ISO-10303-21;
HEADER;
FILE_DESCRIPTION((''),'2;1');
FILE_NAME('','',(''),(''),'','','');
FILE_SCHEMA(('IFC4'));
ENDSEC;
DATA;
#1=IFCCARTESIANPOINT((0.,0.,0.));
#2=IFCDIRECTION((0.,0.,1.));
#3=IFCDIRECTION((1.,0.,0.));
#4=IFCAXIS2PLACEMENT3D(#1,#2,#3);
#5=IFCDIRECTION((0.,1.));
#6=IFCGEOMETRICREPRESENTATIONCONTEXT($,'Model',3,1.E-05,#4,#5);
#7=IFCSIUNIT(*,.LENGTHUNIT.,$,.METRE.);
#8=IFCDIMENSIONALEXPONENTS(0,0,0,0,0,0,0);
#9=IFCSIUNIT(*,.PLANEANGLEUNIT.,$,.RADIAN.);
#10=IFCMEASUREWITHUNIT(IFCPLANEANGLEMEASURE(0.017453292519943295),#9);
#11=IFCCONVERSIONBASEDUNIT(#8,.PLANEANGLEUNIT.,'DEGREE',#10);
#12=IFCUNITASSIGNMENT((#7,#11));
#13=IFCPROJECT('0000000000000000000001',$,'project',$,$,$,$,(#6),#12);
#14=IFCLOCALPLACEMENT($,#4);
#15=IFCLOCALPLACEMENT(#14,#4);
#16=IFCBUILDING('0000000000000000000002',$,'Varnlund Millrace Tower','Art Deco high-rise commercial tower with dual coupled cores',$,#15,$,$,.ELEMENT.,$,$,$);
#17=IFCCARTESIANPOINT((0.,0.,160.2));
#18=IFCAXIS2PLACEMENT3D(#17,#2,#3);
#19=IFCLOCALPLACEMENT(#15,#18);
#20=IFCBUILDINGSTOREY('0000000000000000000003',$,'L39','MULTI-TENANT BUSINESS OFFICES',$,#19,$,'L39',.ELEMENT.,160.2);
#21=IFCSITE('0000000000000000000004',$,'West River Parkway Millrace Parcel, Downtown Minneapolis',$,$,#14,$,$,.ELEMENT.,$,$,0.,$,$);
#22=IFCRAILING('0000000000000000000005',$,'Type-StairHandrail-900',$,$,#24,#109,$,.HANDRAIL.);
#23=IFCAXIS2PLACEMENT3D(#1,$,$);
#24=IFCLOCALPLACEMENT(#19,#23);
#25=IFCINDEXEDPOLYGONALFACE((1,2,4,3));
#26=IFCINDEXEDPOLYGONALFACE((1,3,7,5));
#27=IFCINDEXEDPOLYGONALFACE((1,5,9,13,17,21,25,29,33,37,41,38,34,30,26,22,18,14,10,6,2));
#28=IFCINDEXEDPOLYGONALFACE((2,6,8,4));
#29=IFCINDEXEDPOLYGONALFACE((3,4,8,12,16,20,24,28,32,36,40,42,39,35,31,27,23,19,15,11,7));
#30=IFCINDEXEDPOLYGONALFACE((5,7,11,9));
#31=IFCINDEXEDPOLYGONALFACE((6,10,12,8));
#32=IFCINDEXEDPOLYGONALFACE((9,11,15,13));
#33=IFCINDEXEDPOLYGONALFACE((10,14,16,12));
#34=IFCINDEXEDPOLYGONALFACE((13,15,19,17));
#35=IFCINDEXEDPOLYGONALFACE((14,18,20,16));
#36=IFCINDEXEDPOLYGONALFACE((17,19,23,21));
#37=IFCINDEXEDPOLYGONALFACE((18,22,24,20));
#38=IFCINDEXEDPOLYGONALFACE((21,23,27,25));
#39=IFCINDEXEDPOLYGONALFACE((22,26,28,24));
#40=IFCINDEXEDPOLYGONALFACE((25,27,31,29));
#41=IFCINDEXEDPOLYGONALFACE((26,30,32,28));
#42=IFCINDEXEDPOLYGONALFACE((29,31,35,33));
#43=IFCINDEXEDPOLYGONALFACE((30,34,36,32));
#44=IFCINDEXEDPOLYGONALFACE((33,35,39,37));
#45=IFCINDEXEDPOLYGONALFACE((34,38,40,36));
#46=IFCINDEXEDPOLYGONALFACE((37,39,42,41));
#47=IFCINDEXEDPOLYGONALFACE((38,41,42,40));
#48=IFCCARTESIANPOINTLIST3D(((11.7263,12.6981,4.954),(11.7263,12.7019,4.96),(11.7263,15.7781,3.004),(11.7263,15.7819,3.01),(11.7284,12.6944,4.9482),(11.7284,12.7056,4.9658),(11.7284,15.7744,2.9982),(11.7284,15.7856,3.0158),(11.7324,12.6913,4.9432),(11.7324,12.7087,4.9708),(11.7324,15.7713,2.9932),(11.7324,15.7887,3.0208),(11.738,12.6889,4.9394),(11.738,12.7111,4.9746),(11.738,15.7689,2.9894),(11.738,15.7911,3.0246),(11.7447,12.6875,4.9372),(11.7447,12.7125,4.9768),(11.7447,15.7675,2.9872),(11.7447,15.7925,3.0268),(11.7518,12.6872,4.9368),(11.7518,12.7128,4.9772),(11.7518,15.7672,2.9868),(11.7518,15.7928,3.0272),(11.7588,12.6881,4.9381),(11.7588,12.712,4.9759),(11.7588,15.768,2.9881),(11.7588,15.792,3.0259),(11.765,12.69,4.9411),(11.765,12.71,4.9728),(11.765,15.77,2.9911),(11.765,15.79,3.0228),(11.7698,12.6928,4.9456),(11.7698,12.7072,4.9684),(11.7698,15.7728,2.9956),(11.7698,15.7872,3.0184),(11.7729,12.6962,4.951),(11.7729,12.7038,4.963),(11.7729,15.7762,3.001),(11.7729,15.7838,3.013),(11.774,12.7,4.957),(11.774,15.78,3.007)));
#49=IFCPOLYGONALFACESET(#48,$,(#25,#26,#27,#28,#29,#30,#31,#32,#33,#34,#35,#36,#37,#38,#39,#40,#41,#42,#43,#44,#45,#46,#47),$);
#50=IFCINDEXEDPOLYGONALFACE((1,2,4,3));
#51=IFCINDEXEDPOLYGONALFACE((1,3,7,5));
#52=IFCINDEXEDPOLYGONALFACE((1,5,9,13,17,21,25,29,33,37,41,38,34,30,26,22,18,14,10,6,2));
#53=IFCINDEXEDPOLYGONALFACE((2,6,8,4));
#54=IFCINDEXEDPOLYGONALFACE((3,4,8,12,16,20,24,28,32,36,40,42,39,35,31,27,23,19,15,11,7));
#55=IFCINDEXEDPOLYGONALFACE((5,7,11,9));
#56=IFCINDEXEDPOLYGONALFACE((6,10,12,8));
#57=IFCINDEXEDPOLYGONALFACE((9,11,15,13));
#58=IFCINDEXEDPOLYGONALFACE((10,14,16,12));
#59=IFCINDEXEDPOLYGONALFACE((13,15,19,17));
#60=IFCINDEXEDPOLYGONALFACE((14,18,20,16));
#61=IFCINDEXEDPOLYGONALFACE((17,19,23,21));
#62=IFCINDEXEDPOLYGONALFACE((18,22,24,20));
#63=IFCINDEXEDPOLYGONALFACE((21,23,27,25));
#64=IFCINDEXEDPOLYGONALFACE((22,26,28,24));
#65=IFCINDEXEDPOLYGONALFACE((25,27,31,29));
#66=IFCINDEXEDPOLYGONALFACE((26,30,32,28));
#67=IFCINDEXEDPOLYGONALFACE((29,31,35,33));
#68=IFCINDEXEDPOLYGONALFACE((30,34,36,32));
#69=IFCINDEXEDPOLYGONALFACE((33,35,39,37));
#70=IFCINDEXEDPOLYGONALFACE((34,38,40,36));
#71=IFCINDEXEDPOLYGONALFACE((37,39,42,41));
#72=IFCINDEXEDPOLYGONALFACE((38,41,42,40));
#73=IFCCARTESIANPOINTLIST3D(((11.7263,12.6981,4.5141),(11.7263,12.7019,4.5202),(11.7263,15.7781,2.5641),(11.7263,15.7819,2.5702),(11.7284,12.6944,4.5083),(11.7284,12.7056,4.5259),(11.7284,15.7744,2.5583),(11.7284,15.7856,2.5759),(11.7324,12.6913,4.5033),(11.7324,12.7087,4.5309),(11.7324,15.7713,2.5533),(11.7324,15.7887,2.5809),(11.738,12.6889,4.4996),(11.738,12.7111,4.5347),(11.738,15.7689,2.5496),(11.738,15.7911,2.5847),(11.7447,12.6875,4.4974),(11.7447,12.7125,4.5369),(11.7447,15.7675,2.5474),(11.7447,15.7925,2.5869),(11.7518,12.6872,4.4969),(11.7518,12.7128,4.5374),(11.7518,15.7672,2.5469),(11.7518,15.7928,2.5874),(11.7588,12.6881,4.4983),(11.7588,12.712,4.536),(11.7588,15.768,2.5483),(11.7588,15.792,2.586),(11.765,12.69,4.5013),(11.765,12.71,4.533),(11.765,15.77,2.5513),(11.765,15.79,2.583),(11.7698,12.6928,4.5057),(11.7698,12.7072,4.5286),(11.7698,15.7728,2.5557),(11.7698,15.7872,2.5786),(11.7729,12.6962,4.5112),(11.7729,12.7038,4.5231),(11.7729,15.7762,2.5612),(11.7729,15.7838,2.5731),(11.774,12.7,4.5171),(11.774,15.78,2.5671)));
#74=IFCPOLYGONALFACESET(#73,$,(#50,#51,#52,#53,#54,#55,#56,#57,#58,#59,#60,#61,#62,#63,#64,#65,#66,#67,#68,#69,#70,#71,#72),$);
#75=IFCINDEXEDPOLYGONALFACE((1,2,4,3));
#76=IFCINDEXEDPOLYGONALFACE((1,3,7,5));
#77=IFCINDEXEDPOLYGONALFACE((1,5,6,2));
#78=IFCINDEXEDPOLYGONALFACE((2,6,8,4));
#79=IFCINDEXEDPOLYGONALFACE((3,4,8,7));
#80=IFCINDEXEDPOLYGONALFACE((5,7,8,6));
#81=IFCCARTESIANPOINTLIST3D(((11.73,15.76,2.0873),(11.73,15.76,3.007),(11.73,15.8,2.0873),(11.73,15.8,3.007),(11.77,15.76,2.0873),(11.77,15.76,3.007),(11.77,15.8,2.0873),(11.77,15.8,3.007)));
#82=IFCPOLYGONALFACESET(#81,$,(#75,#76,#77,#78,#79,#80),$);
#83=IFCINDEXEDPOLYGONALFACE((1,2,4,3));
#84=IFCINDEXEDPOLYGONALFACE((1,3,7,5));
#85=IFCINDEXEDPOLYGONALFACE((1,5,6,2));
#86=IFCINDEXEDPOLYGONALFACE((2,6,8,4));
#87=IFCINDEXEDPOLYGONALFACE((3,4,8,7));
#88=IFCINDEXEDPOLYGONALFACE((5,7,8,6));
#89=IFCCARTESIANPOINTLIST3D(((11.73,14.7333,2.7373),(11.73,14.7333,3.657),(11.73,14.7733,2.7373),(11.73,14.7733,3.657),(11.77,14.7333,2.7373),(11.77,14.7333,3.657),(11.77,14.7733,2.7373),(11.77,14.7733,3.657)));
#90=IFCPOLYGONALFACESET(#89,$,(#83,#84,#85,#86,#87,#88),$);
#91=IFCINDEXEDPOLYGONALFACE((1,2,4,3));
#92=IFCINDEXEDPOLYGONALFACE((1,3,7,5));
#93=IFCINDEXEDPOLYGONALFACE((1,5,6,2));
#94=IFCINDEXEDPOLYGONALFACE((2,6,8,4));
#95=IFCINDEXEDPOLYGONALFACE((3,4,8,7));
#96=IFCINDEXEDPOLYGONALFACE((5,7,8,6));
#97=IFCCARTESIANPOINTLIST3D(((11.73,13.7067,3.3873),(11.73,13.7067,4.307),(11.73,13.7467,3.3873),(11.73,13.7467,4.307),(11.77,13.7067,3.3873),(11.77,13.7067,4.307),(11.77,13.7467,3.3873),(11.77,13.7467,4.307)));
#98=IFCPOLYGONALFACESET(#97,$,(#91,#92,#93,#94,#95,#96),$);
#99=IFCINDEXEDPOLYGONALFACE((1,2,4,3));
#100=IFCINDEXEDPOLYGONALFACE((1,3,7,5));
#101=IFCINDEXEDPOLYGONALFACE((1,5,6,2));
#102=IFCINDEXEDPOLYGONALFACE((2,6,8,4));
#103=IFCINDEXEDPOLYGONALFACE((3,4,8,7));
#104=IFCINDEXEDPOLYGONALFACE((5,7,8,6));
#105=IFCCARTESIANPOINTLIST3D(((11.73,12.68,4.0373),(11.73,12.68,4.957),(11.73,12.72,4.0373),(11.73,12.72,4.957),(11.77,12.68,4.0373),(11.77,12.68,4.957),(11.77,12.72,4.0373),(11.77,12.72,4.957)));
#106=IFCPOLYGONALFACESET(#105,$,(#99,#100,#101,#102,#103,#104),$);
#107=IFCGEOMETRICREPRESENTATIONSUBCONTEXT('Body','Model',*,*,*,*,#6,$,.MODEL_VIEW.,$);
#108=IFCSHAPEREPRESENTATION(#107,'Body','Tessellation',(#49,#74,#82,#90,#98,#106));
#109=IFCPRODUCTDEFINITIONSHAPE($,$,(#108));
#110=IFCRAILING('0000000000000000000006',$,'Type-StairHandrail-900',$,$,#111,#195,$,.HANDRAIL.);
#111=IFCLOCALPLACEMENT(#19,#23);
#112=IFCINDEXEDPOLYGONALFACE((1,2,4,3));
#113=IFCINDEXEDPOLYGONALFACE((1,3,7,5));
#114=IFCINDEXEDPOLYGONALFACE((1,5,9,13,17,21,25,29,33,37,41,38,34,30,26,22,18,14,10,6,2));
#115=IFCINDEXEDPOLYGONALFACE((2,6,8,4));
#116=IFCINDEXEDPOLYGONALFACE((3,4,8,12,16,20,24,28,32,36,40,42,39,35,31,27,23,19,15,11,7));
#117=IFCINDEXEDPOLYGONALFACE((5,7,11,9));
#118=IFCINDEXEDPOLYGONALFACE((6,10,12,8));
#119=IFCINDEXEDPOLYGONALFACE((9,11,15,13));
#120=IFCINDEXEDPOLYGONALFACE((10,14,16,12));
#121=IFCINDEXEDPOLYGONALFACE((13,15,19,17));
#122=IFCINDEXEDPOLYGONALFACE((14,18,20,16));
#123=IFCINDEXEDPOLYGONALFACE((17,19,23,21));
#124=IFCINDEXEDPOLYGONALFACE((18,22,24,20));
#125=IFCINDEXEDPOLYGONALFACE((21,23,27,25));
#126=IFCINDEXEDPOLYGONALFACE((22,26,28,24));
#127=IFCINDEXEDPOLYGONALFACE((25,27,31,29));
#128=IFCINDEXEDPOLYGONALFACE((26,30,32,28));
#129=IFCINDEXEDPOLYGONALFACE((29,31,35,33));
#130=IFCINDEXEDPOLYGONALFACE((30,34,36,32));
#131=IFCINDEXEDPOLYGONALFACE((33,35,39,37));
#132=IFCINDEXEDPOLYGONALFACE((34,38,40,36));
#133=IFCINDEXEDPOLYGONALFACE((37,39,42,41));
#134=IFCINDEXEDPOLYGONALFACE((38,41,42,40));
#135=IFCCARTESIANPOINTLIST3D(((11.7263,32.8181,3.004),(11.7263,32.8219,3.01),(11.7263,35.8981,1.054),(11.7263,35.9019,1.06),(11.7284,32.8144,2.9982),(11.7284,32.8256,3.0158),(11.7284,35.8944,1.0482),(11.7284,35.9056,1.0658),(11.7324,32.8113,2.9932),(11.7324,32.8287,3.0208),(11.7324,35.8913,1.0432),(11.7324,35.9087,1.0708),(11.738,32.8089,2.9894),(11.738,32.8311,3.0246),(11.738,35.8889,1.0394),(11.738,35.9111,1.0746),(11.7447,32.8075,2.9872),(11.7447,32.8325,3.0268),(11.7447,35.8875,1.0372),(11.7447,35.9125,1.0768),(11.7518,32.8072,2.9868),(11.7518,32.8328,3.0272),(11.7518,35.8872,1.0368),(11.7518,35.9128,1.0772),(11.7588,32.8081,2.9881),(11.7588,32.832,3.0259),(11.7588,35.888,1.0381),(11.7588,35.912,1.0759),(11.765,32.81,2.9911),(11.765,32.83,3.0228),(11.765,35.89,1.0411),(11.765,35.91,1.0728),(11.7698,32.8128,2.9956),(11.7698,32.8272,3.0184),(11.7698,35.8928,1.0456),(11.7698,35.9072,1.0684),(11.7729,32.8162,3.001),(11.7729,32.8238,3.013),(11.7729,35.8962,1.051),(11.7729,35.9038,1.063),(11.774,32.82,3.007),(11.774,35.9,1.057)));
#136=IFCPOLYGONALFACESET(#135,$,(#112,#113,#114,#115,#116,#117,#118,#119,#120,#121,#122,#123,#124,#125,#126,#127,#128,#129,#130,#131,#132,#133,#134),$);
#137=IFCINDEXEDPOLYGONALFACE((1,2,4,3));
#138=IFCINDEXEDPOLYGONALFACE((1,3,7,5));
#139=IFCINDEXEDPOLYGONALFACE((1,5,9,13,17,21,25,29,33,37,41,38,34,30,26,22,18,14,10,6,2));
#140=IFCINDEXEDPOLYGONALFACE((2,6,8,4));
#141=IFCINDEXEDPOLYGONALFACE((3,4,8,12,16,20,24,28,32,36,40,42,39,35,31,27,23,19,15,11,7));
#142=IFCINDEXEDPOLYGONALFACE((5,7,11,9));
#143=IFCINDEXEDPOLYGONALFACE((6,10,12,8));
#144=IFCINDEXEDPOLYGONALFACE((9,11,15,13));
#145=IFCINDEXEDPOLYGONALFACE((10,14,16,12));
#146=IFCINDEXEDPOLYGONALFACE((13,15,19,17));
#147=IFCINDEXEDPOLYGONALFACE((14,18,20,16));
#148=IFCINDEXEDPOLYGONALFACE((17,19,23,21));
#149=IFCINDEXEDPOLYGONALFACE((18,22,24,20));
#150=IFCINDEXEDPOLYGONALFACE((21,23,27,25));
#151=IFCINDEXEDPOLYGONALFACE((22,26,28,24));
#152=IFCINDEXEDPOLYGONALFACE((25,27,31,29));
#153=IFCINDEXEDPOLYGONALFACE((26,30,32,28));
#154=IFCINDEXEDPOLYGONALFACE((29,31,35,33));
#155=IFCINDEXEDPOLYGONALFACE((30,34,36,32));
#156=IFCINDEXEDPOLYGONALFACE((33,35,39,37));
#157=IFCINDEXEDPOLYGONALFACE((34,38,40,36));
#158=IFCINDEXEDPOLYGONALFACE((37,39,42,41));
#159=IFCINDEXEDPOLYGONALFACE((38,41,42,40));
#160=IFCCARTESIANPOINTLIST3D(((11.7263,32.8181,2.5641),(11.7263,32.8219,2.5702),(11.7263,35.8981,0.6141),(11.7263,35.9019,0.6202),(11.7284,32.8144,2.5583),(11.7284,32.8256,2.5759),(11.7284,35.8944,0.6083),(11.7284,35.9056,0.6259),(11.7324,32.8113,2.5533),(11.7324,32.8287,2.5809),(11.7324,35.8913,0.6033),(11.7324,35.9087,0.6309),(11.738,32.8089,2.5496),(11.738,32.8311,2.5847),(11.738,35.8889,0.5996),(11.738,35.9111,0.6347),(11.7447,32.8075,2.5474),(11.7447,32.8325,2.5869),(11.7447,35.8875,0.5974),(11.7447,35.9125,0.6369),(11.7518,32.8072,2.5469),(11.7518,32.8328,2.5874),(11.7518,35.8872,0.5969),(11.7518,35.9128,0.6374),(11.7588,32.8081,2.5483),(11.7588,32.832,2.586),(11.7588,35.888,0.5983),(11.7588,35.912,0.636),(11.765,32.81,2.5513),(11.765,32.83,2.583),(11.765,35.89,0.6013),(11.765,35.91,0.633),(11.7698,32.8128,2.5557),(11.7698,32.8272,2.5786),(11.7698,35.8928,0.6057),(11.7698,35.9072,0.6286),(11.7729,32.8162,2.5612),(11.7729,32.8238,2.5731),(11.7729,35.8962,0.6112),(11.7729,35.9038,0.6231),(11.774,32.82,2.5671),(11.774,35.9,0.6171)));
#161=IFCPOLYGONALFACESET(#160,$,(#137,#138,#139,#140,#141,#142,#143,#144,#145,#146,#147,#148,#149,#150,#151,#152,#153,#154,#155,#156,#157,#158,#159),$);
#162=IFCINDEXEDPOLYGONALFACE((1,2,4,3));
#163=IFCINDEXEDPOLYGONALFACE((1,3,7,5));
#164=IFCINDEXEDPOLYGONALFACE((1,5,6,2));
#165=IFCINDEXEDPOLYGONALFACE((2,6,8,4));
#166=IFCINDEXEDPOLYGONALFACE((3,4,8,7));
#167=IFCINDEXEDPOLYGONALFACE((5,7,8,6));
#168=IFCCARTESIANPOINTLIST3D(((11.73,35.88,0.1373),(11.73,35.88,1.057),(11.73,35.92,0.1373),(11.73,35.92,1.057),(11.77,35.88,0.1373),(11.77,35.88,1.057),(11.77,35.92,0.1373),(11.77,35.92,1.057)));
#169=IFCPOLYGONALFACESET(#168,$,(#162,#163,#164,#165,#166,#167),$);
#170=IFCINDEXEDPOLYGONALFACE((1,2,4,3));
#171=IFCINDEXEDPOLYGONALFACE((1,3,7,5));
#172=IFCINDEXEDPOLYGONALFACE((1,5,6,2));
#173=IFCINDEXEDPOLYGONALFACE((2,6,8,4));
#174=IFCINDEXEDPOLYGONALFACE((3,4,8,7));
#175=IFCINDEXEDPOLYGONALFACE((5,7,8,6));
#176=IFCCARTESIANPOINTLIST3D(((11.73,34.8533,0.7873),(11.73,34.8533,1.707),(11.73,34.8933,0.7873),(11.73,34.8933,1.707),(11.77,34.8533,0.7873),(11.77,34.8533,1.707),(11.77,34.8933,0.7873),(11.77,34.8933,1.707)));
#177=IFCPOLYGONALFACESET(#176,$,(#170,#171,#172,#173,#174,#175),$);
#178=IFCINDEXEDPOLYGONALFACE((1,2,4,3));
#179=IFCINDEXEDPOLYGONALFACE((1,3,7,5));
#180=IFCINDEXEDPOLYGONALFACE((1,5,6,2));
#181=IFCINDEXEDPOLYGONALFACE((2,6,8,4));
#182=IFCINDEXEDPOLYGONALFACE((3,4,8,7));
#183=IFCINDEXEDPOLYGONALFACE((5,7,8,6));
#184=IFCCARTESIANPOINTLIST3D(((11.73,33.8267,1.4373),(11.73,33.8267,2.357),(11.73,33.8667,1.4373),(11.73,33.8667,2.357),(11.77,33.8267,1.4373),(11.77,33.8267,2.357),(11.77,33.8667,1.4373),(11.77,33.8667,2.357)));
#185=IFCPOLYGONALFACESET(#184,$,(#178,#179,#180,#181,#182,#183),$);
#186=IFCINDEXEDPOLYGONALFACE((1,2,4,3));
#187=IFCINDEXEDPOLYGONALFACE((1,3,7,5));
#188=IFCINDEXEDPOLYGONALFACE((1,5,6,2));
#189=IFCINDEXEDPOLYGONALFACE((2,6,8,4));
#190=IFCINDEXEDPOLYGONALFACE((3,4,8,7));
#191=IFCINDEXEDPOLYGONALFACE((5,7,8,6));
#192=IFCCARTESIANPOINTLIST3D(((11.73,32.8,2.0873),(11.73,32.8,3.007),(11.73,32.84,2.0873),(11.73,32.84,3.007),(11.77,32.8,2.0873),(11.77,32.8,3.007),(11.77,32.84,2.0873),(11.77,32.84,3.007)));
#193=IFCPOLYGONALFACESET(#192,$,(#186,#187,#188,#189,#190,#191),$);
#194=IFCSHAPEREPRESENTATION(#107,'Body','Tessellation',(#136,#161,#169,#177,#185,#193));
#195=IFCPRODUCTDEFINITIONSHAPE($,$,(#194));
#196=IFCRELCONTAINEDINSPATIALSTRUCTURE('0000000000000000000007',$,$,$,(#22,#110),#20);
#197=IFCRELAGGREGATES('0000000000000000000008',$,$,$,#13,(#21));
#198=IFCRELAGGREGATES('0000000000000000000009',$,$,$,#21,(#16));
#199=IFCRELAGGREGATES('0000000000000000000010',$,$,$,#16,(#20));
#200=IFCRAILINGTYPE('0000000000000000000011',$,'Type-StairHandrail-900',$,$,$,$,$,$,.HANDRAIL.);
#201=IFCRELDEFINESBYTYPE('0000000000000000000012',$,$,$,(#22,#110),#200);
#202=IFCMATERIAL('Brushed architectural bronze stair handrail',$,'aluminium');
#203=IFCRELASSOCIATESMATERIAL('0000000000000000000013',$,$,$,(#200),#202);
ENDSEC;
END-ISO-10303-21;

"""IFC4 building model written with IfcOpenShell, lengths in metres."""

from ifc_helpers import new_model, entity, si_unit, converted_unit, direction, frame, origin_with_axes, origin_2d_with_axis, place, context, subcontext, project, spatial, rectangle, circle, extrude, material, type_object, element, save


model = new_model("IFC4")

# Units and contexts
model_context = context("Model", 3, precision=1e-05, world=origin_with_axes(), true_north=direction((0.0, 1.0)))
body_context = subcontext(model_context, "Body", "Model", "MODEL_VIEW")
ifc_project = project(units=[si_unit("LENGTHUNIT", "METRE"), converted_unit("PLANEANGLEUNIT", "DEGREE", entity("IfcPlaneAngleMeasure", 0.017453292519943295), si_unit("PLANEANGLEUNIT", "RADIAN"), dimensions=[0, 0, 0, 0, 0, 0, 0])], contexts=[model_context])

# Site, building, storey
site_placement = place(None, origin_with_axes())
site = spatial("IfcSite", under=ifc_project, at=site_placement, Name="West River Parkway Millrace Parcel, Downtown Minneapolis", CompositionType="ELEMENT", RefElevation=0.0)
building_placement = place(site_placement, origin_with_axes())
building = spatial("IfcBuilding", under=site, at=building_placement, Name="Varnlund Millrace Tower", Description="Art Deco high-rise commercial tower with dual coupled cores", CompositionType="ELEMENT")
storey_placement = place(building_placement, frame((0.0, 0.0, 160.2), z_axis=(0.0, 0.0, 1.0), x_axis=(1.0, 0.0, 0.0)))
storey = spatial("IfcBuildingStorey", under=building, at=storey_placement, Name="L39", Description="MULTI-TENANT BUSINESS OFFICES", LongName="L39", CompositionType="ELEMENT", Elevation=160.2)

# Railings
ifc_material_1 = material(Name="Brushed architectural bronze stair handrail", Category="aluminium")
railing_type_1 = type_object("IfcRailingType", Name="Type-StairHandrail-900", PredefinedType="HANDRAIL", material=ifc_material_1)
railing_1_placement = place(storey_placement, frame((0.0, 0.0, -160.2), z_axis=(0.0, 0.0, 1.0), x_axis=(1.0, 0.0, 0.0)))
element("IfcRailing", 1, at=railing_1_placement, inside=storey, type_object=railing_type_1, Name="Type-StairHandrail-900", PredefinedType="HANDRAIL", context=body_context, shape_type="SweptSolid", body=[
    extrude(circle(Radius=0.024, at=origin_2d_with_axis()), frame((11.75, 15.78, 163.207), z_axis=(0.0, -0.844902, 0.534922), x_axis=(1.0, 0.0, 0.0)), (0.0, 0.0, 1.0), 3.6454),
    extrude(circle(Radius=0.024, at=origin_2d_with_axis()), frame((11.75, 15.78, 162.7671), z_axis=(0.0, -0.844902, 0.534922), x_axis=(1.0, 0.0, 0.0)), (0.0, 0.0, 1.0), 3.6454),
    extrude(rectangle(XDim=0.04, YDim=0.04, at=origin_2d_with_axis()), frame((11.75, 15.78, 162.2873), z_axis=(0.0, 0.0, 1.0), x_axis=(1.0, 0.0, 0.0)), (0.0, 0.0, 1.0), 0.9197),
    extrude(rectangle(XDim=0.04, YDim=0.04, at=origin_2d_with_axis()), frame((11.75, 14.7533, 162.9373), z_axis=(0.0, 0.0, 1.0), x_axis=(1.0, 0.0, 0.0)), (0.0, 0.0, 1.0), 0.9197),
    extrude(rectangle(XDim=0.04, YDim=0.04, at=origin_2d_with_axis()), frame((11.75, 13.7267, 163.5873), z_axis=(0.0, 0.0, 1.0), x_axis=(1.0, 0.0, 0.0)), (0.0, 0.0, 1.0), 0.9197),
    extrude(rectangle(XDim=0.04, YDim=0.04, at=origin_2d_with_axis()), frame((11.75, 12.7, 164.2373), z_axis=(0.0, 0.0, 1.0), x_axis=(1.0, 0.0, 0.0)), (0.0, 0.0, 1.0), 0.9197),
])
railing_2_placement = place(storey_placement, frame((0.0, 0.0, -160.2), z_axis=(0.0, 0.0, 1.0), x_axis=(1.0, 0.0, 0.0)))
element("IfcRailing", 2, at=railing_2_placement, inside=storey, type_object=railing_type_1, Name="Type-StairHandrail-900", PredefinedType="HANDRAIL", context=body_context, shape_type="SweptSolid", body=[
    extrude(circle(Radius=0.024, at=origin_2d_with_axis()), frame((11.75, 35.9, 161.257), z_axis=(0.0, -0.844902, 0.534922), x_axis=(1.0, 0.0, 0.0)), (0.0, 0.0, 1.0), 3.6454),
    extrude(circle(Radius=0.024, at=origin_2d_with_axis()), frame((11.75, 35.9, 160.8171), z_axis=(0.0, -0.844902, 0.534922), x_axis=(1.0, 0.0, 0.0)), (0.0, 0.0, 1.0), 3.6454),
    extrude(rectangle(XDim=0.04, YDim=0.04, at=origin_2d_with_axis()), frame((11.75, 35.9, 160.3373), z_axis=(0.0, 0.0, 1.0), x_axis=(1.0, 0.0, 0.0)), (0.0, 0.0, 1.0), 0.9197),
    extrude(rectangle(XDim=0.04, YDim=0.04, at=origin_2d_with_axis()), frame((11.75, 34.8733, 160.9873), z_axis=(0.0, 0.0, 1.0), x_axis=(1.0, 0.0, 0.0)), (0.0, 0.0, 1.0), 0.9197),
    extrude(rectangle(XDim=0.04, YDim=0.04, at=origin_2d_with_axis()), frame((11.75, 33.8467, 161.6373), z_axis=(0.0, 0.0, 1.0), x_axis=(1.0, 0.0, 0.0)), (0.0, 0.0, 1.0), 0.9197),
    extrude(rectangle(XDim=0.04, YDim=0.04, at=origin_2d_with_axis()), frame((11.75, 32.82, 162.2873), z_axis=(0.0, 0.0, 1.0), x_axis=(1.0, 0.0, 0.0)), (0.0, 0.0, 1.0), 0.9197),
])

save(model, "model.ifc")
